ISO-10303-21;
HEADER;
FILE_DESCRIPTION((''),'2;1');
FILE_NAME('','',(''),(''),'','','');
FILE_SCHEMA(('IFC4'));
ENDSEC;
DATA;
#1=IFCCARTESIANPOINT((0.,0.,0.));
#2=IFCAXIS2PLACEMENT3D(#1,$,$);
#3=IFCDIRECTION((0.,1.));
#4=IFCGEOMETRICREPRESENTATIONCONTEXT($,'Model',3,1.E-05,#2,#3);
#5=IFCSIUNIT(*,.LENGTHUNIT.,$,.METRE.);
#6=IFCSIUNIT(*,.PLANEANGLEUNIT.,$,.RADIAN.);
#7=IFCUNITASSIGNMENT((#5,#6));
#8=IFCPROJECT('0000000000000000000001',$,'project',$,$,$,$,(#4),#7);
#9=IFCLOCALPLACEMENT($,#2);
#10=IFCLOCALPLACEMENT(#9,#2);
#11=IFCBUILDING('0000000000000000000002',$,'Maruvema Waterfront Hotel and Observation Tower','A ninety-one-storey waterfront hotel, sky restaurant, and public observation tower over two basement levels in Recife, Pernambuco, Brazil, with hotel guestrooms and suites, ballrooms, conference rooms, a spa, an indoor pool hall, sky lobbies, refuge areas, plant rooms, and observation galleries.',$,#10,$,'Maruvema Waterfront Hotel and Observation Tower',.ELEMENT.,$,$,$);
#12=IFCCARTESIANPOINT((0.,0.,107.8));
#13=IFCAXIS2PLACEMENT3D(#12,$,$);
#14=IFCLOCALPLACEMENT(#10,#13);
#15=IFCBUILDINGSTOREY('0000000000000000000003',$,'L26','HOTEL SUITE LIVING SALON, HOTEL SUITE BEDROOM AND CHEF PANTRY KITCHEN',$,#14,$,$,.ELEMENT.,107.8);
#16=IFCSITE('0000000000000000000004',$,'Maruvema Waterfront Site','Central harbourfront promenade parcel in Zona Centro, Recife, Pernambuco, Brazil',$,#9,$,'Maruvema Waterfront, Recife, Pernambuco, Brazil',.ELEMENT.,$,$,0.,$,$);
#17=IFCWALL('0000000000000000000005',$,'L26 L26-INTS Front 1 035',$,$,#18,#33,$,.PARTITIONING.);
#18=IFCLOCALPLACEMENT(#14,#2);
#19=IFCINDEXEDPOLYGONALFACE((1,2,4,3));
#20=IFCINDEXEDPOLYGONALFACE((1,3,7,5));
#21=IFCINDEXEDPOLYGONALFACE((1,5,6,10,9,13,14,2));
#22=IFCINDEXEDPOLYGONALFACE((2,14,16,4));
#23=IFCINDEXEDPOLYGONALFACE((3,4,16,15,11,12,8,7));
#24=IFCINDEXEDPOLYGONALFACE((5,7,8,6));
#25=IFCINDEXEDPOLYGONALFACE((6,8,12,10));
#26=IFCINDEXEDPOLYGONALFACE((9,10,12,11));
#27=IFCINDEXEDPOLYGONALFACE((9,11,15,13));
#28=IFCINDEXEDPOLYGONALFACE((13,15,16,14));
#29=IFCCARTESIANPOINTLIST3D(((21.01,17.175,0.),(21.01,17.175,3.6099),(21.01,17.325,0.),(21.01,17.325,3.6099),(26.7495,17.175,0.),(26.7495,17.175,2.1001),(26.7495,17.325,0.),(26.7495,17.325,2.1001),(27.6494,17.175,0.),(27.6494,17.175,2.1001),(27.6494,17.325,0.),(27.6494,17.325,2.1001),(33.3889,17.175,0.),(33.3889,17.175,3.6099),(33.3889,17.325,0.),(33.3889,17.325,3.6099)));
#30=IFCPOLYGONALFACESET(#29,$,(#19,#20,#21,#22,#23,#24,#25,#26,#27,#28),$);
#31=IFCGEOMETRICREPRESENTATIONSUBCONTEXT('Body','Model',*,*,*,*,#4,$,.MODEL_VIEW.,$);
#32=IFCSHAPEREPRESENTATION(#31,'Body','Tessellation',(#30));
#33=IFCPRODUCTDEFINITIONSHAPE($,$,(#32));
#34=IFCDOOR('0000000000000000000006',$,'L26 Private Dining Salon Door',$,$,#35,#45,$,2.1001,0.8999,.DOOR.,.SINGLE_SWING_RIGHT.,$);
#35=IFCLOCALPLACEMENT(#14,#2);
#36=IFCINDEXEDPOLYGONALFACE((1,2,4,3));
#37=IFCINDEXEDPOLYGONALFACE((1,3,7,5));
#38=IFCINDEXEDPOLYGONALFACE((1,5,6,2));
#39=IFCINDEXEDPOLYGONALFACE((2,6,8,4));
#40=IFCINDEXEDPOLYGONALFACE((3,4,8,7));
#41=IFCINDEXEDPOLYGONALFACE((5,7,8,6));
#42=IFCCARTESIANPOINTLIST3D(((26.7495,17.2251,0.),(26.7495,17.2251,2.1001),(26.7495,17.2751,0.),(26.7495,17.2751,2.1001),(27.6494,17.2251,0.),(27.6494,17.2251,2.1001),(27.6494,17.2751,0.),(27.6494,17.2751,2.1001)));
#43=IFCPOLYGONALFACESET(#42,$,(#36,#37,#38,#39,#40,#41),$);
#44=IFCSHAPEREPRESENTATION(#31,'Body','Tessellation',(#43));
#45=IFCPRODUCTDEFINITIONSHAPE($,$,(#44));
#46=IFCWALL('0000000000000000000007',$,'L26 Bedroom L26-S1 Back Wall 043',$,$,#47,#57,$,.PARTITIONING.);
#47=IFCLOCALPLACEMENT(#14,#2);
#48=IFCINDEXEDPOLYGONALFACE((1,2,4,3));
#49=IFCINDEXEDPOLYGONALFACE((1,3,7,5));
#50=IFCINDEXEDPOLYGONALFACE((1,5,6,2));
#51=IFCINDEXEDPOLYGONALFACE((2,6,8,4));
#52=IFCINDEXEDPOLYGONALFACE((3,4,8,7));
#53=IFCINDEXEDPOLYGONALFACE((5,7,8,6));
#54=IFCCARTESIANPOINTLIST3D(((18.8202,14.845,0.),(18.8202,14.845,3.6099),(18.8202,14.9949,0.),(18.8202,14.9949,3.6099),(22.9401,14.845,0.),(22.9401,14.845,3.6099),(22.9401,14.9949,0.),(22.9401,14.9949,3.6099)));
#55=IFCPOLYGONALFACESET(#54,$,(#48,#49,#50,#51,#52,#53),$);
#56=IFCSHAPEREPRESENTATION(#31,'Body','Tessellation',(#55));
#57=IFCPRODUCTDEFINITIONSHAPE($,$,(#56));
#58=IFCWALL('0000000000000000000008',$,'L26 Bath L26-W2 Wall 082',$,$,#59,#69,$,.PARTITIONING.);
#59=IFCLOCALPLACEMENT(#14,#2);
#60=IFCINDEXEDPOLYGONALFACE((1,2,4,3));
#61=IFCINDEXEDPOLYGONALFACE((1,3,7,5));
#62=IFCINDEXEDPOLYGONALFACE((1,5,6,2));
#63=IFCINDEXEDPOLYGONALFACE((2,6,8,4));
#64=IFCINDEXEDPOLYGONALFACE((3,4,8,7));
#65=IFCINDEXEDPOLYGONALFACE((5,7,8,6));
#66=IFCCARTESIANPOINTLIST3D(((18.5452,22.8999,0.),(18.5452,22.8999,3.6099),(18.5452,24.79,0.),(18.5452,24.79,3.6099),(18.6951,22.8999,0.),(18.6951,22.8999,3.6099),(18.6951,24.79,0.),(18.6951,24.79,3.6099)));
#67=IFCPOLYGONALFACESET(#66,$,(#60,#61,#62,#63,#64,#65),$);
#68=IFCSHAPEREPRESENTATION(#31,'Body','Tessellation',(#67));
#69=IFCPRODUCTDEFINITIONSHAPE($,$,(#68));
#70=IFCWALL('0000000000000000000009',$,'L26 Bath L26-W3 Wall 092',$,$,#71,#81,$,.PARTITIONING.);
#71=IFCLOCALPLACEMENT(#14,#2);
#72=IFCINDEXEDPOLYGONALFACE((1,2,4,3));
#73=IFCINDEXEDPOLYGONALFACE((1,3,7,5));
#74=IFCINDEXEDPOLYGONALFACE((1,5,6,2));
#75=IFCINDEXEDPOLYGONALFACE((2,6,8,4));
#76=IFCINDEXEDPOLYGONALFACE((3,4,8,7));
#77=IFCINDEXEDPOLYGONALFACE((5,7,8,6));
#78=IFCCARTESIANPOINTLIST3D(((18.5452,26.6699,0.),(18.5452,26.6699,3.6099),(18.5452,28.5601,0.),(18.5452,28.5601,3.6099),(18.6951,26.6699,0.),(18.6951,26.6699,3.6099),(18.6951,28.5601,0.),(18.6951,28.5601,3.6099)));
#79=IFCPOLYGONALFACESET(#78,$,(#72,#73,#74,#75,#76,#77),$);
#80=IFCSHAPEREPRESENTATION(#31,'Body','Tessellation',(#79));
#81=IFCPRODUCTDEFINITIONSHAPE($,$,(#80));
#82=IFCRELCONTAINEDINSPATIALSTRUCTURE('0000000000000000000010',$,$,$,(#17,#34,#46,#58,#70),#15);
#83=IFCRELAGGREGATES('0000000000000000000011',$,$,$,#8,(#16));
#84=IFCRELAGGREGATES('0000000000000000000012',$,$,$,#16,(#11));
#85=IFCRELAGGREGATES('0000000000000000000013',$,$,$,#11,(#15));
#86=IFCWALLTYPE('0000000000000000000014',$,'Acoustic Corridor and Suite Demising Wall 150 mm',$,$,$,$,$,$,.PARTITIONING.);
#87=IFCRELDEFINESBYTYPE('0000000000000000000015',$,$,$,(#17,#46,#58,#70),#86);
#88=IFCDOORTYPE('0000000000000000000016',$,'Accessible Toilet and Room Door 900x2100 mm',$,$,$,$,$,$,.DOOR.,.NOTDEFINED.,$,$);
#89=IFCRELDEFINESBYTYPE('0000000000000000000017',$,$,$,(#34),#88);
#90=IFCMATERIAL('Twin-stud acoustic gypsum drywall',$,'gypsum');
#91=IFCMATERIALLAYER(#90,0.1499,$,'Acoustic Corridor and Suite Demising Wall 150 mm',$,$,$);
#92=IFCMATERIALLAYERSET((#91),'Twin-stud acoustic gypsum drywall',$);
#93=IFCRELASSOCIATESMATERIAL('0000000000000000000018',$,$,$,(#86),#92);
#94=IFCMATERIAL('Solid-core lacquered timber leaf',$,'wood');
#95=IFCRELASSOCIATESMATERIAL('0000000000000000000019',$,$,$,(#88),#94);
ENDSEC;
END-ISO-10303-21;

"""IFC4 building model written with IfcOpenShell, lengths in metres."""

from ifc_helpers import new_model, si_unit, direction, frame, frame_2d, origin, place, context, subcontext, project, spatial, rectangle, extrude, material, layer, layer_set, type_object, element, fill, save


model = new_model("IFC4")

# Units and contexts
model_context = context("Model", 3, precision=1e-05, world=origin(), true_north=direction((0.0, 1.0)))
body_context = subcontext(model_context, "Body", "Model", "MODEL_VIEW")
ifc_project = project(units=[si_unit("LENGTHUNIT", "METRE"), si_unit("PLANEANGLEUNIT", "RADIAN")], contexts=[model_context])

# Site, building, storey
site_placement = place(None, origin())
site = spatial("IfcSite", under=ifc_project, at=site_placement, Name="Maruvema Waterfront Site", Description="Central harbourfront promenade parcel in Zona Centro, Recife, Pernambuco, Brazil", LongName="Maruvema Waterfront, Recife, Pernambuco, Brazil", CompositionType="ELEMENT", RefElevation=0.0)
building_placement = place(site_placement, origin())
building = spatial("IfcBuilding", under=site, at=building_placement, Name="Maruvema Waterfront Hotel and Observation Tower", Description="A ninety-one-storey waterfront hotel, sky restaurant, and public observation tower over two basement levels in Recife, Pernambuco, Brazil, with hotel guestrooms and suites, ballrooms, conference rooms, a spa, an indoor pool hall, sky lobbies, refuge areas, plant rooms, and observation galleries.", LongName="Maruvema Waterfront Hotel and Observation Tower", CompositionType="ELEMENT")
storey_placement = place(building_placement, frame((0.0, 0.0, 107.8)))
storey = spatial("IfcBuildingStorey", under=building, at=storey_placement, Name="L26", Description="HOTEL SUITE LIVING SALON, HOTEL SUITE BEDROOM AND CHEF PANTRY KITCHEN", CompositionType="ELEMENT", Elevation=107.8)

# Shared definitions
ifc_material_1 = material(Name="Twin-stud acoustic gypsum drywall", Category="gypsum")
ifc_layer_1 = layer(ifc_material_1, 0.1499, Name="Acoustic Corridor and Suite Demising Wall 150 mm")
ifc_layer_set_1 = layer_set([ifc_layer_1], Name="Twin-stud acoustic gypsum drywall")
wall_type = type_object("IfcWallType", Name="Acoustic Corridor and Suite Demising Wall 150 mm", PredefinedType="PARTITIONING", material=ifc_layer_set_1)

# Wall, opening, door
wall_1_placement = place(storey_placement, frame((21.01, 17.25, 0.0), z_axis=(0.0, 0.0, 1.0), x_axis=(1.0, 0.0, 0.0)))
wall_1 = element("IfcWall", 1, at=wall_1_placement, inside=storey, type_object=wall_type, Name="L26 L26-INTS Front 1 035", PredefinedType="PARTITIONING", context=body_context, shape_type="SweptSolid", body=[
    extrude(rectangle(XDim=12.3789, YDim=0.1499, at=frame_2d((6.1895, 0.0))), origin(), (0.0, 0.0, 1.0), 3.6099),
])
opening_1_placement = place(wall_1_placement, frame((5.7395, 0.0, 0.0)))
opening_1 = element("IfcOpeningElement", 2, at=opening_1_placement, cuts=wall_1, PredefinedType="OPENING", context=body_context, shape_type="SweptSolid", body=[
    extrude(rectangle(XDim=0.8999, YDim=2.1001, at=frame_2d((0.45, 1.05))), frame((0.0, 0.085, 0.0), z_axis=(0.0, -1.0, 0.0), x_axis=(1.0, 0.0, 0.0)), (0.0, 0.0, 1.0), 0.1699),
])
ifc_material_2 = material(Name="Solid-core lacquered timber leaf", Category="wood")
door_type_1 = type_object("IfcDoorType", Name="Accessible Toilet and Room Door 900x2100 mm", OperationType="NOTDEFINED", PredefinedType="DOOR", material=ifc_material_2)
door_1_placement = place(opening_1_placement, frame((0.8999, 0.0, 0.0), z_axis=(0.0, 0.0, 1.0), x_axis=(-1.0, 0.0, 0.0)))
door_1 = element("IfcDoor", 3, at=door_1_placement, inside=storey, type_object=door_type_1, Name="L26 Private Dining Salon Door", OperationType="SINGLE_SWING_RIGHT", OverallHeight=2.1001, OverallWidth=0.8999, PredefinedType="DOOR", context=body_context, shape_type="SweptSolid", body=[
    extrude(rectangle(XDim=0.8999, YDim=2.1001, at=frame_2d((0.45, 1.05))), frame((0.0, 0.0249, 0.0), z_axis=(0.0, -1.0, 0.0), x_axis=(1.0, 0.0, 0.0)), (0.0, 0.0, 1.0), 0.05),
])
fill(opening_1, door_1)

# Wall
wall_2_placement = place(storey_placement, frame((18.8201, 14.9199, 0.0), z_axis=(0.0, 0.0, 1.0), x_axis=(1.0, 0.0, 0.0)))
element("IfcWall", 4, at=wall_2_placement, inside=storey, type_object=wall_type, Name="L26 Bedroom L26-S1 Back Wall 043", PredefinedType="PARTITIONING", context=body_context, shape_type="SweptSolid", body=[
    extrude(rectangle(XDim=4.1199, YDim=0.1499, at=frame_2d((2.0601, 0.0))), origin(), (0.0, 0.0, 1.0), 3.6099),
])

# Wall
wall_3_placement = place(storey_placement, frame((18.6201, 22.8999, 0.0), z_axis=(0.0, 0.0, 1.0), x_axis=(0.0, 1.0, 0.0)))
element("IfcWall", 5, at=wall_3_placement, inside=storey, type_object=wall_type, Name="L26 Bath L26-W2 Wall 082", PredefinedType="PARTITIONING", context=body_context, shape_type="SweptSolid", body=[
    extrude(rectangle(XDim=1.8901, YDim=0.1499, at=frame_2d((0.9451, 0.0))), origin(), (0.0, 0.0, 1.0), 3.6099),
])

# Wall
wall_4_placement = place(storey_placement, frame((18.6201, 26.6699, 0.0), z_axis=(0.0, 0.0, 1.0), x_axis=(0.0, 1.0, 0.0)))
element("IfcWall", 6, at=wall_4_placement, inside=storey, type_object=wall_type, Name="L26 Bath L26-W3 Wall 092", PredefinedType="PARTITIONING", context=body_context, shape_type="SweptSolid", body=[
    extrude(rectangle(XDim=1.8901, YDim=0.1499, at=frame_2d((0.9451, 0.0))), origin(), (0.0, 0.0, 1.0), 3.6099),
])

save(model, "model.ifc")
